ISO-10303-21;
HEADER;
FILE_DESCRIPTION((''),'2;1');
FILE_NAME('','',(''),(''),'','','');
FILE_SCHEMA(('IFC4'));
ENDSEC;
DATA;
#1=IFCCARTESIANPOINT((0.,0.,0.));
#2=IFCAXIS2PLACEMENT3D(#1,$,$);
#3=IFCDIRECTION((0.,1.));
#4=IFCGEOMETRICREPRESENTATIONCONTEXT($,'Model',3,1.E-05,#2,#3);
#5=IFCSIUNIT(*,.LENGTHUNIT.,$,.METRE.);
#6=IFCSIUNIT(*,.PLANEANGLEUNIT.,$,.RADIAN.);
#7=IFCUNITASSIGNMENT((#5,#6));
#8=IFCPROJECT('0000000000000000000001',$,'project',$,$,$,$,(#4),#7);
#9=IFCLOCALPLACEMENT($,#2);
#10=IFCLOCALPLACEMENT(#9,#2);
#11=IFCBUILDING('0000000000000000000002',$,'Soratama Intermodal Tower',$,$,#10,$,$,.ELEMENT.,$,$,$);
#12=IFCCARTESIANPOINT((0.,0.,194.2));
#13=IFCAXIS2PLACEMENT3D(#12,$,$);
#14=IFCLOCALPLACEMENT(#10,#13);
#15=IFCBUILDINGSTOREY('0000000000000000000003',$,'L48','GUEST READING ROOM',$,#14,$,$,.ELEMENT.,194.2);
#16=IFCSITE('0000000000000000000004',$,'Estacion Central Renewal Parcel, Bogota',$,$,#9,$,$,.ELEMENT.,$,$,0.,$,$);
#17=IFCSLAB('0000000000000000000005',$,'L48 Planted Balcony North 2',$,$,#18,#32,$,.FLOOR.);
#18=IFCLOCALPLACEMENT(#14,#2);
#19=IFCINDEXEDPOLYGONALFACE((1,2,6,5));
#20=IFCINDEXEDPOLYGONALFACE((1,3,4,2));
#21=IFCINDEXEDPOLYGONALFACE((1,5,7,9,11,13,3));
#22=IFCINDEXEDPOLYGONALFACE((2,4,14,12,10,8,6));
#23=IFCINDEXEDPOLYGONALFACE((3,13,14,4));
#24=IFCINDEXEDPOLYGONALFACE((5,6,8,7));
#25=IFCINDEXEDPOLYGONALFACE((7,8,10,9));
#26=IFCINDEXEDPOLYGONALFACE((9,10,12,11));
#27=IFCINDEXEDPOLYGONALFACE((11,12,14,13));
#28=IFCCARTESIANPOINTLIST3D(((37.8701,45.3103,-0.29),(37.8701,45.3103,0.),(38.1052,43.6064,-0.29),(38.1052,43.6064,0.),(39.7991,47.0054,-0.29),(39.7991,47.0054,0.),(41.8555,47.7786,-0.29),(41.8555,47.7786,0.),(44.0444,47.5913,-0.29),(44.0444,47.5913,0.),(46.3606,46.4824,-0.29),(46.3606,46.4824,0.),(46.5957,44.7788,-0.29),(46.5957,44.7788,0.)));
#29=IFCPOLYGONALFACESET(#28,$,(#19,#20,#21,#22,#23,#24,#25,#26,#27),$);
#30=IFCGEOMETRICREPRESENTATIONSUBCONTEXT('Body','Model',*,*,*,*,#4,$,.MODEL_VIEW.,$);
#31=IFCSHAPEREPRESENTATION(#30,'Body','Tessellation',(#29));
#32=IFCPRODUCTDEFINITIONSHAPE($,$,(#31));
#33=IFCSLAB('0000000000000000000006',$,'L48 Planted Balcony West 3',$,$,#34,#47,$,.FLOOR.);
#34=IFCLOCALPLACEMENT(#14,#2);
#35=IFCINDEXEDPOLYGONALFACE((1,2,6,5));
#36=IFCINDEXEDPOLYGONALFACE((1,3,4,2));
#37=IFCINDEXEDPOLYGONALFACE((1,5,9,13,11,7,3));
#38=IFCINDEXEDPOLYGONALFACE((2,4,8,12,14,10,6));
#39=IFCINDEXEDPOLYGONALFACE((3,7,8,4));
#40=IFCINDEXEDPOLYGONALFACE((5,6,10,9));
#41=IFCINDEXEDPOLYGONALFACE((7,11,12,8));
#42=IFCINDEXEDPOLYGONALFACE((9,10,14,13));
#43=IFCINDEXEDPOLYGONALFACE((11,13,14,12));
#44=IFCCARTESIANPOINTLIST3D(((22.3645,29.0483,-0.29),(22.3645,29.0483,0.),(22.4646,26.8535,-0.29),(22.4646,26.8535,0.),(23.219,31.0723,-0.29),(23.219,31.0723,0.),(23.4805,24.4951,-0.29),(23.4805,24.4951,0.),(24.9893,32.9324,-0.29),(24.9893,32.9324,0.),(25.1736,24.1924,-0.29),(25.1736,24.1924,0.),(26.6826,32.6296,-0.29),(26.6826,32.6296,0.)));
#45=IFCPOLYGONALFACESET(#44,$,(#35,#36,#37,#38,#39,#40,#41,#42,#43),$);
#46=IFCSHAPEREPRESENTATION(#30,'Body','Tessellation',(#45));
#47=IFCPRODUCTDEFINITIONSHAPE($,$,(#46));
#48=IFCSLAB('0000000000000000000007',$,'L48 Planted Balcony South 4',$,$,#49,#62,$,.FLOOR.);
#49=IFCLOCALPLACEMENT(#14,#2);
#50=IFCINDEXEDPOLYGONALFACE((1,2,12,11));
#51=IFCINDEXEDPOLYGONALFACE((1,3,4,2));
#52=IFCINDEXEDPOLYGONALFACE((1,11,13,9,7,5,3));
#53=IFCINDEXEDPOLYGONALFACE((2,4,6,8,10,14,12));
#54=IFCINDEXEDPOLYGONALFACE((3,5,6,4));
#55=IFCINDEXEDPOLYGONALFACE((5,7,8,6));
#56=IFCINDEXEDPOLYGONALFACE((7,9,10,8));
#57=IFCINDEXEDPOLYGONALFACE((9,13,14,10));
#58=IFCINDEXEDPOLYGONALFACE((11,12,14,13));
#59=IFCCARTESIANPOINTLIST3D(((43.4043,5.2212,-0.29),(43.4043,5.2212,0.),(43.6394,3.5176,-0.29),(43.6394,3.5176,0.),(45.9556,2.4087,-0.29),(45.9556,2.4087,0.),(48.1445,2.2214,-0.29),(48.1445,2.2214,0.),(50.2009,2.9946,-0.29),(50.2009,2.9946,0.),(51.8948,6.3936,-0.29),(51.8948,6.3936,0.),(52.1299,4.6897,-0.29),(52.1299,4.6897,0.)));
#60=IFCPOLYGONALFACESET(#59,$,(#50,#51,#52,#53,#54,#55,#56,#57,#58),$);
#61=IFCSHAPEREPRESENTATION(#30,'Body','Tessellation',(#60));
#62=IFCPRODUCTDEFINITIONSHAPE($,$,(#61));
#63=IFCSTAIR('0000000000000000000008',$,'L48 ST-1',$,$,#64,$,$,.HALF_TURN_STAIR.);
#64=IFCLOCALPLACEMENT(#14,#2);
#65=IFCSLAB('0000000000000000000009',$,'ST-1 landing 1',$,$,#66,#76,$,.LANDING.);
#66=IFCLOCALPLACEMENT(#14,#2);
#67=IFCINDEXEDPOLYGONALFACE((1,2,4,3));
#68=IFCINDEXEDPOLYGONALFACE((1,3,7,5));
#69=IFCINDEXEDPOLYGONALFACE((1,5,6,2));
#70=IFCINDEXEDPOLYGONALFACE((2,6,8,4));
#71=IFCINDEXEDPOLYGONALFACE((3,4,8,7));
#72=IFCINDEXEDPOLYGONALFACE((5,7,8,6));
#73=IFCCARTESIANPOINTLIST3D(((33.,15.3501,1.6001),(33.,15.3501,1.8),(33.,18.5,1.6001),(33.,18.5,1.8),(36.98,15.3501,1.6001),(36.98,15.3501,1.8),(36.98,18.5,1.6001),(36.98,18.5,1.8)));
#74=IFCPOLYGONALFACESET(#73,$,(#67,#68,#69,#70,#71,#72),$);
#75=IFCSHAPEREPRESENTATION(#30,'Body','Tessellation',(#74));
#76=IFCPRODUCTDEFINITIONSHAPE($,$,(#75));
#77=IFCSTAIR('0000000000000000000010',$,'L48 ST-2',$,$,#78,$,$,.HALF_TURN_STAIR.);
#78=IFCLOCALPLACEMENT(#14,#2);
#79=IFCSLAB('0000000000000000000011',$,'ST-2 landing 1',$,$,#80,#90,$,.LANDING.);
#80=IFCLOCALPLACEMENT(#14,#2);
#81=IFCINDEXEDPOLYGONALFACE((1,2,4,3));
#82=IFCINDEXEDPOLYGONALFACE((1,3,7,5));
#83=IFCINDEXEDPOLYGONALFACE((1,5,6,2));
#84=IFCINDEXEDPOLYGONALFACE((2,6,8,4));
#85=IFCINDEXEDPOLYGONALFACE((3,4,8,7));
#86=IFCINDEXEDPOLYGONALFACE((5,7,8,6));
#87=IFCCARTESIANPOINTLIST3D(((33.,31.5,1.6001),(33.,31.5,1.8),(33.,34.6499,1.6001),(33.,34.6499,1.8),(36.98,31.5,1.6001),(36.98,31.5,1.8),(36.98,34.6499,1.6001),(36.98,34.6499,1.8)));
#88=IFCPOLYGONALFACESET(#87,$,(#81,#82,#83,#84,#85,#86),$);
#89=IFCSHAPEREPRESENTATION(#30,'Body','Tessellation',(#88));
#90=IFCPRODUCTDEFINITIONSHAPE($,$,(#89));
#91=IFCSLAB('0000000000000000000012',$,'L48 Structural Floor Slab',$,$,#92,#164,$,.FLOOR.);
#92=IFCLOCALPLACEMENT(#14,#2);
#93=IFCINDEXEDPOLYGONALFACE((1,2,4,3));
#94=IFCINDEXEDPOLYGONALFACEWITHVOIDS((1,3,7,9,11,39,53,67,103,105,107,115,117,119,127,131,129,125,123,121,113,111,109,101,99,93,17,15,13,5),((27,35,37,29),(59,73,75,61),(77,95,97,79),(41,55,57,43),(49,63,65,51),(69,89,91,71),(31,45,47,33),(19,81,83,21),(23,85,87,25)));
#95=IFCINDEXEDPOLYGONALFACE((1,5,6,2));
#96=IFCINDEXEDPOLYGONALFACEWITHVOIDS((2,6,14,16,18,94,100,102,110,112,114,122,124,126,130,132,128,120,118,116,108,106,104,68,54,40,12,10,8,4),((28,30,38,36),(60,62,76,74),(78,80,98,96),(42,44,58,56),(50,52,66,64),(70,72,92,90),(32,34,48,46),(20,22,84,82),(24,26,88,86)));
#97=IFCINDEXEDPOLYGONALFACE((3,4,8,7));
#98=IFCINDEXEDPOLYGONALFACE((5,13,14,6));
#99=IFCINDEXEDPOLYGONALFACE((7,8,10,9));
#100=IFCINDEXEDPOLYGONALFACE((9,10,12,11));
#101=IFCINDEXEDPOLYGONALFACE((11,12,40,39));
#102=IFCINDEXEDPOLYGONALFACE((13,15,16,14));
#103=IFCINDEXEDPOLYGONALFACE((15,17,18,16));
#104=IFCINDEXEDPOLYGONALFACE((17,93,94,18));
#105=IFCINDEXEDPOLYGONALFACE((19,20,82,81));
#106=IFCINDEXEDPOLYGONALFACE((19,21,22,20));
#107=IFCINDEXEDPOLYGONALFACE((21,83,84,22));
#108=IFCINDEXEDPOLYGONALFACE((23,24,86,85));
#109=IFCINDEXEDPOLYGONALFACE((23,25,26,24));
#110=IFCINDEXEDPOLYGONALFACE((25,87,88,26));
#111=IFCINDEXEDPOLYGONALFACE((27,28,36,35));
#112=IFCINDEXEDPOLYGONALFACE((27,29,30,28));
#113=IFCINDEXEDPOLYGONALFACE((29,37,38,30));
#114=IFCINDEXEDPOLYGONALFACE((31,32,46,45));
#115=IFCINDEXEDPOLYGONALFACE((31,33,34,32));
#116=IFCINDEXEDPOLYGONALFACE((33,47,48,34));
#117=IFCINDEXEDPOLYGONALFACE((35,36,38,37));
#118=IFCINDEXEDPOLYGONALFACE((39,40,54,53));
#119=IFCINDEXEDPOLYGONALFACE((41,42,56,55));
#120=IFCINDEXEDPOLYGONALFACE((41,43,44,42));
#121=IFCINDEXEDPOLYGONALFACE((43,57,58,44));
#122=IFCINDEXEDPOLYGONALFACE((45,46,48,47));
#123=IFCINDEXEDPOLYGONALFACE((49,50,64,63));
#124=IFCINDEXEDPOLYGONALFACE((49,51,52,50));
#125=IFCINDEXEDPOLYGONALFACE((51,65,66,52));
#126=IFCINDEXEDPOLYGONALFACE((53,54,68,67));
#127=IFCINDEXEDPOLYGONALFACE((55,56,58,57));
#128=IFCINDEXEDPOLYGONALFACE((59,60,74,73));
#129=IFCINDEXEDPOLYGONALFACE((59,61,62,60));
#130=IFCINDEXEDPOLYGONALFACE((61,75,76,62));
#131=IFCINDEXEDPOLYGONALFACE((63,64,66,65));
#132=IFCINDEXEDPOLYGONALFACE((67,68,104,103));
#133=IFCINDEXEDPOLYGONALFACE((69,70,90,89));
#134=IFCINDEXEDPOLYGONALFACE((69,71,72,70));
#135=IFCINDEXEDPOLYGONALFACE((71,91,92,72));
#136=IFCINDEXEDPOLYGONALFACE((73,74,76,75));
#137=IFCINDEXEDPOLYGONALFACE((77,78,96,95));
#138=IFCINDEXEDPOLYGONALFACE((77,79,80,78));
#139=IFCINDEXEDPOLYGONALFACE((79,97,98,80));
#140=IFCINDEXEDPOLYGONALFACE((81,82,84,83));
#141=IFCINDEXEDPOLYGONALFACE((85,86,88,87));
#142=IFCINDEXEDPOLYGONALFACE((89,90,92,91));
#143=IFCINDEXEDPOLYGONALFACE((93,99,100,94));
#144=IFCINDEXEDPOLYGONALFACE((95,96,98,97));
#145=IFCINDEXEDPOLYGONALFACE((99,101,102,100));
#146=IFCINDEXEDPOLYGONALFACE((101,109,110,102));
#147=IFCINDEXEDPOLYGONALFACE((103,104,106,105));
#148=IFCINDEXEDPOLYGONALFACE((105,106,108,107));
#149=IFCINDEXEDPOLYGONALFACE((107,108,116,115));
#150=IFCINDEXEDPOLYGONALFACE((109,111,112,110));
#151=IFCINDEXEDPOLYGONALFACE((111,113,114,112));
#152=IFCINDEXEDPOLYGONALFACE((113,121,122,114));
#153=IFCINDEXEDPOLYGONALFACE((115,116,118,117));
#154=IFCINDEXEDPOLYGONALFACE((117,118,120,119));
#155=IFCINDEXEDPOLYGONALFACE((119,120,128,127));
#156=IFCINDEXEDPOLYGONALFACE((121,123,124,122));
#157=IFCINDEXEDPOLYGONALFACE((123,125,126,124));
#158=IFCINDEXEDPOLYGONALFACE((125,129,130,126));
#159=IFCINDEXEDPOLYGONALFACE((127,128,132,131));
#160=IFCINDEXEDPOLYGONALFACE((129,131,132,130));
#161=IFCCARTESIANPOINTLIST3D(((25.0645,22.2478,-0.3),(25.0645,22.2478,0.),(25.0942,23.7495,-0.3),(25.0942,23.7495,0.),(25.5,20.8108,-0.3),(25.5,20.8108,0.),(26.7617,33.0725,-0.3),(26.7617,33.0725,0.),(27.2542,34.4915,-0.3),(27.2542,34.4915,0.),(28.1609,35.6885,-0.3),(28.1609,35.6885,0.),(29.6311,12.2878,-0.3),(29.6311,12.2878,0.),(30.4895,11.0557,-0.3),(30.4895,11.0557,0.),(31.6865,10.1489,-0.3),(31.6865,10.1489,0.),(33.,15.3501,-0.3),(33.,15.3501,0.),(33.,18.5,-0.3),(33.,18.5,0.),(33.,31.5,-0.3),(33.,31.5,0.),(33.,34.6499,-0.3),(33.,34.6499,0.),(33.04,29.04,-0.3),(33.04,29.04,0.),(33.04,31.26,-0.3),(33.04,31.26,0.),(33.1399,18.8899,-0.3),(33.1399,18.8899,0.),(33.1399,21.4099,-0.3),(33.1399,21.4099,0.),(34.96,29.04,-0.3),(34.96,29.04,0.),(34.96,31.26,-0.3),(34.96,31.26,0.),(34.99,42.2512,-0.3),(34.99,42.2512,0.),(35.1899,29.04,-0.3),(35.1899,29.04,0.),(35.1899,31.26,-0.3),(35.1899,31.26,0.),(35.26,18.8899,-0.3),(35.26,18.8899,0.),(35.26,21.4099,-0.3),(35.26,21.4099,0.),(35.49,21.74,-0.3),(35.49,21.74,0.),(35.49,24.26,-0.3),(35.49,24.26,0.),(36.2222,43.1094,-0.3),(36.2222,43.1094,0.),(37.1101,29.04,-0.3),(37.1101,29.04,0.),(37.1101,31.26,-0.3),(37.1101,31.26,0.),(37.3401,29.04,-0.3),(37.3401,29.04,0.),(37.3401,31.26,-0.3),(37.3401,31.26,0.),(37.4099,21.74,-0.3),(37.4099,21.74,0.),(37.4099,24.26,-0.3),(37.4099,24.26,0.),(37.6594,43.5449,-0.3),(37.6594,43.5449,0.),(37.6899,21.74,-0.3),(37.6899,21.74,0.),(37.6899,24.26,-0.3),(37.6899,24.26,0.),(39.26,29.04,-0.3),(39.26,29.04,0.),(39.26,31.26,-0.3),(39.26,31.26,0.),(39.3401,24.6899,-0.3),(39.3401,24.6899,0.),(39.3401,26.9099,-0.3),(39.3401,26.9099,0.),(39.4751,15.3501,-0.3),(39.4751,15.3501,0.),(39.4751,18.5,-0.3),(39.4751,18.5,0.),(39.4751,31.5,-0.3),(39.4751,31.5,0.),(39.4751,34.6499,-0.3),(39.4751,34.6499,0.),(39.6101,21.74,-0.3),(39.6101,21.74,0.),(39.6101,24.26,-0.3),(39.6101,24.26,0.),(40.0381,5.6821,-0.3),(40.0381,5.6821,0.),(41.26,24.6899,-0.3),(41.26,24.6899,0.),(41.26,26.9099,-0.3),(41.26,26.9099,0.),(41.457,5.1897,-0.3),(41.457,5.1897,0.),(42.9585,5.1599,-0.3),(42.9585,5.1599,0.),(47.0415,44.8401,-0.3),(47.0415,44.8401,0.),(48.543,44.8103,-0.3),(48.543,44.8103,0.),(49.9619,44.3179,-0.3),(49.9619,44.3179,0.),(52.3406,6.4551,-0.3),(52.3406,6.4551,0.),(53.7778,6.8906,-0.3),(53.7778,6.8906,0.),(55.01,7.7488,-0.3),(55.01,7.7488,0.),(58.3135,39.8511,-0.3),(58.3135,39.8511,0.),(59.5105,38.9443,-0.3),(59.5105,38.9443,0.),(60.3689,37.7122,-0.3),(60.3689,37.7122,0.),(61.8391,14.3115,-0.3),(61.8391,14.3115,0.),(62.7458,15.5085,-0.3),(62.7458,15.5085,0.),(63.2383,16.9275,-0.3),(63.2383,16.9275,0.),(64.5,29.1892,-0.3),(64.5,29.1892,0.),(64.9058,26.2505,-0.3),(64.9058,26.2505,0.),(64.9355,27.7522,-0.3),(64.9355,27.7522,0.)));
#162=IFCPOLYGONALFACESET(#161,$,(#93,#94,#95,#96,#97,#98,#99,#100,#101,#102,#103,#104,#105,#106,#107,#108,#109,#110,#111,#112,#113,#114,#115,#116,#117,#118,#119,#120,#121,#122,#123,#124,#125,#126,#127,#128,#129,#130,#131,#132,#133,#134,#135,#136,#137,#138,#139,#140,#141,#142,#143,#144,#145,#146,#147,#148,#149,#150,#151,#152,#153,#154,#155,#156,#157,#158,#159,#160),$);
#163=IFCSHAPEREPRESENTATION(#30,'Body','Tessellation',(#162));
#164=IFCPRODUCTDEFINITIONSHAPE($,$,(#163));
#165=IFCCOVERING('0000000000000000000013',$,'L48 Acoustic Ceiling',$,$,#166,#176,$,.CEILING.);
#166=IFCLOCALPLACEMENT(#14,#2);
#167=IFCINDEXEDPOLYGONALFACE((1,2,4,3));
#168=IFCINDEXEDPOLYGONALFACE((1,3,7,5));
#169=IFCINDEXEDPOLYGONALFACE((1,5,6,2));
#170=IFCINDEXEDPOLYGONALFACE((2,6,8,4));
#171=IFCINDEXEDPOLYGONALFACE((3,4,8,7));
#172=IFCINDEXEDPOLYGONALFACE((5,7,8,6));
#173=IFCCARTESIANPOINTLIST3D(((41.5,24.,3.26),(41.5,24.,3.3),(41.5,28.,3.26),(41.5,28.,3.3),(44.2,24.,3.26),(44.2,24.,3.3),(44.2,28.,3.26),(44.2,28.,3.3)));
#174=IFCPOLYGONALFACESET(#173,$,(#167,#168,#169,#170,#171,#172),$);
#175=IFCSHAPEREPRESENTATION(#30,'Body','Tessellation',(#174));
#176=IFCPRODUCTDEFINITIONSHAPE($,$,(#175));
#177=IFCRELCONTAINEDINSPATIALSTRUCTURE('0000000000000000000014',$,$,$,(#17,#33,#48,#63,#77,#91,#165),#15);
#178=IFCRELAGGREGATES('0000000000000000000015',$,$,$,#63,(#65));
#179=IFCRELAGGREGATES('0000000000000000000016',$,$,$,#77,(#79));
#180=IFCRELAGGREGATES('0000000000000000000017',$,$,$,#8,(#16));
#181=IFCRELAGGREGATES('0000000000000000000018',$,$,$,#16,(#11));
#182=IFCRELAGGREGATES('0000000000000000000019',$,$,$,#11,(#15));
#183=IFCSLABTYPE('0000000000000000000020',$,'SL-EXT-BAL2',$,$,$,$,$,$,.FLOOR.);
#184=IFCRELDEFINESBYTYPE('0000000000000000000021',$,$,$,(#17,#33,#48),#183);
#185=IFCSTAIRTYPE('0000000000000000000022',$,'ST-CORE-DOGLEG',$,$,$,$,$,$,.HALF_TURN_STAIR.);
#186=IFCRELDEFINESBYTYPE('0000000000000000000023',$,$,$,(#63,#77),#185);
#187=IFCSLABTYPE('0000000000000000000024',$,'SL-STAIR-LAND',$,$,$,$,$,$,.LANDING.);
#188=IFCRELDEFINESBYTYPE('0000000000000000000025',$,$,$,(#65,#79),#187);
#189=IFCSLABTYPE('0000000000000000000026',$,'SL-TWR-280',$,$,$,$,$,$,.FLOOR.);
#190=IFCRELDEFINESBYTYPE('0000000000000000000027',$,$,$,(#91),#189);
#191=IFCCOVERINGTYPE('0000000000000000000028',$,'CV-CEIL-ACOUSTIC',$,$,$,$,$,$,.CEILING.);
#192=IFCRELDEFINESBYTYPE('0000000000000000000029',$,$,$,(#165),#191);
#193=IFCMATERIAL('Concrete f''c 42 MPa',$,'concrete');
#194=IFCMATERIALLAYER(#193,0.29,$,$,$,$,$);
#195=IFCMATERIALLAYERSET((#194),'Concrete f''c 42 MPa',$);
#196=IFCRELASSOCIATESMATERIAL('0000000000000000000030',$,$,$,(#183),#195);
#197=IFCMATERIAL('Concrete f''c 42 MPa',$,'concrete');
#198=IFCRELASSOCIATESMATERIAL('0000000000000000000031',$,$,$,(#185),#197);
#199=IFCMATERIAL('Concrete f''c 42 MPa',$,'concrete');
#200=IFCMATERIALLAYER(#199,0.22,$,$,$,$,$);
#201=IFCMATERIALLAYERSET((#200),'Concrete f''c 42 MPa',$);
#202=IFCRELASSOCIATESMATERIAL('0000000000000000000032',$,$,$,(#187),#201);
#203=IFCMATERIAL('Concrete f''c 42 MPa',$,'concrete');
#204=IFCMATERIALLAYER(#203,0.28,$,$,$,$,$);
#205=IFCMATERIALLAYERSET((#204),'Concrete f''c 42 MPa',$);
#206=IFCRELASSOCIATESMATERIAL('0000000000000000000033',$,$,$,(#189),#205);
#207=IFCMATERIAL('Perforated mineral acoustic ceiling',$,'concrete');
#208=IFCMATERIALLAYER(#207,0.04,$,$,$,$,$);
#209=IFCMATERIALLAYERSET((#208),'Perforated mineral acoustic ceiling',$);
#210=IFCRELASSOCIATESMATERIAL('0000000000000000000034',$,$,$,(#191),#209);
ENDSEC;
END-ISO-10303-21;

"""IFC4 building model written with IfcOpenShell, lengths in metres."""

from ifc_helpers import new_model, si_unit, direction, frame, origin, place, context, subcontext, project, spatial, polyline, outline, extrude, material, layer, layer_set, type_object, element, aggregate, save


model = new_model("IFC4")

# Units and contexts
model_context = context("Model", 3, precision=1e-05, world=origin(), true_north=direction((0.0, 1.0)))
body_context = subcontext(model_context, "Body", "Model", "MODEL_VIEW")
ifc_project = project(units=[si_unit("LENGTHUNIT", "METRE"), si_unit("PLANEANGLEUNIT", "RADIAN")], contexts=[model_context])

# Site, building, storey
site_placement = place(None, origin())
site = spatial("IfcSite", under=ifc_project, at=site_placement, Name="Estacion Central Renewal Parcel, Bogota", CompositionType="ELEMENT", RefElevation=0.0)
building_placement = place(site_placement, origin())
building = spatial("IfcBuilding", under=site, at=building_placement, Name="Soratama Intermodal Tower", CompositionType="ELEMENT")
storey_placement = place(building_placement, frame((0.0, 0.0, 194.2)))
storey = spatial("IfcBuildingStorey", under=building, at=storey_placement, Name="L48", Description="GUEST READING ROOM", CompositionType="ELEMENT", Elevation=194.2)

# Slabs
ifc_material_1 = material(Name="Concrete f'c 42 MPa", Category="concrete")
ifc_layer_1 = layer(ifc_material_1, 0.29)
ifc_layer_set_1 = layer_set([ifc_layer_1], Name="Concrete f'c 42 MPa")
slab_type_1 = type_object("IfcSlabType", Name="SL-EXT-BAL2", PredefinedType="FLOOR", material=ifc_layer_set_1)
slab_1_placement = place(storey_placement, frame((0.0, 0.0, -0.29)))
element("IfcSlab", 1, at=slab_1_placement, inside=storey, type_object=slab_type_1, Name="L48 Planted Balcony North 2", PredefinedType="FLOOR", context=body_context, shape_type="SweptSolid", body=[
    extrude(outline(polyline([(46.5957, 44.7788), (38.1052, 43.6064), (37.8701, 45.3103), (39.7991, 47.0054), (41.8555, 47.7786), (44.0444, 47.5913), (46.3606, 46.4824), (46.5957, 44.7788)])), origin(), (0.0, 0.0, 1.0), 0.29),
])
slab_2_placement = place(storey_placement, frame((0.0, 0.0, -0.29)))
element("IfcSlab", 2, at=slab_2_placement, inside=storey, type_object=slab_type_1, Name="L48 Planted Balcony West 3", PredefinedType="FLOOR", context=body_context, shape_type="SweptSolid", body=[
    extrude(outline(polyline([(26.6826, 32.6296), (25.1736, 24.1924), (23.4805, 24.4951), (22.4646, 26.8535), (22.3645, 29.0483), (23.219, 31.0723), (24.9893, 32.9324), (26.6826, 32.6296)])), origin(), (0.0, 0.0, 1.0), 0.29),
])
slab_3_placement = place(storey_placement, frame((0.0, 0.0, -0.29)))
element("IfcSlab", 3, at=slab_3_placement, inside=storey, type_object=slab_type_1, Name="L48 Planted Balcony South 4", PredefinedType="FLOOR", context=body_context, shape_type="SweptSolid", body=[
    extrude(outline(polyline([(43.4043, 5.2212), (51.8948, 6.3936), (52.1299, 4.6897), (50.2009, 2.9946), (48.1445, 2.2214), (45.9556, 2.4087), (43.6394, 3.5176), (43.4043, 5.2212)])), origin(), (0.0, 0.0, 1.0), 0.29),
])

# Stairs, slabs
ifc_material_2 = material(Name="Concrete f'c 42 MPa", Category="concrete")
stair_type = type_object("IfcStairType", Name="ST-CORE-DOGLEG", PredefinedType="HALF_TURN_STAIR", material=ifc_material_2)
stair_1_placement = place(storey_placement, origin())
stair_1 = element("IfcStair", 4, at=stair_1_placement, inside=storey, type_object=stair_type, Name="L48 ST-1", PredefinedType="HALF_TURN_STAIR")
ifc_material_3 = material(Name="Concrete f'c 42 MPa", Category="concrete")
ifc_layer_2 = layer(ifc_material_3, 0.22)
ifc_layer_set_2 = layer_set([ifc_layer_2], Name="Concrete f'c 42 MPa")
slab_type_2 = type_object("IfcSlabType", Name="SL-STAIR-LAND", PredefinedType="LANDING", material=ifc_layer_set_2)
slab_4_placement = place(storey_placement, frame((0.0, 0.0, 1.6001)))
slab_4 = element("IfcSlab", 5, at=slab_4_placement, type_object=slab_type_2, Name="ST-1 landing 1", PredefinedType="LANDING", context=body_context, shape_type="SweptSolid", body=[
    extrude(outline(polyline([(36.98, 18.5), (33.0, 18.5), (33.0, 15.3501), (36.98, 15.3501), (36.98, 18.5)])), origin(), (0.0, 0.0, 1.0), 0.2),
])
aggregate(stair_1, [slab_4])
stair_2_placement = place(storey_placement, origin())
stair_2 = element("IfcStair", 6, at=stair_2_placement, inside=storey, type_object=stair_type, Name="L48 ST-2", PredefinedType="HALF_TURN_STAIR")
slab_5_placement = place(storey_placement, frame((0.0, 0.0, 1.6001)))
slab_5 = element("IfcSlab", 7, at=slab_5_placement, type_object=slab_type_2, Name="ST-2 landing 1", PredefinedType="LANDING", context=body_context, shape_type="SweptSolid", body=[
    extrude(outline(polyline([(36.98, 34.6499), (33.0, 34.6499), (33.0, 31.5), (36.98, 31.5), (36.98, 34.6499)])), origin(), (0.0, 0.0, 1.0), 0.2),
])
aggregate(stair_2, [slab_5])

# Slab
ifc_material_4 = material(Name="Concrete f'c 42 MPa", Category="concrete")
ifc_layer_3 = layer(ifc_material_4, 0.28)
ifc_layer_set_3 = layer_set([ifc_layer_3], Name="Concrete f'c 42 MPa")
slab_type_3 = type_object("IfcSlabType", Name="SL-TWR-280", PredefinedType="FLOOR", material=ifc_layer_set_3)
slab_6_placement = place(storey_placement, frame((0.0, 0.0, -0.3)))
element("IfcSlab", 8, at=slab_6_placement, inside=storey, type_object=slab_type_3, Name="L48 Structural Floor Slab", PredefinedType="FLOOR", context=body_context, shape_type="SweptSolid", body=[
    extrude(outline(polyline([(60.3689, 37.7122), (59.5105, 38.9443), (58.3135, 39.8511), (49.9619, 44.3179), (48.543, 44.8103), (47.0415, 44.8401), (37.6594, 43.5449), (36.2222, 43.1094), (34.99, 42.2512), (28.1609, 35.6885), (27.2542, 34.4915), (26.7617, 33.0725), (25.0942, 23.7495), (25.0645, 22.2478), (25.5, 20.8108), (29.6311, 12.2878), (30.4895, 11.0557), (31.6865, 10.1489), (40.0381, 5.6821), (41.457, 5.1897), (42.9585, 5.1599), (52.3406, 6.4551), (53.7778, 6.8906), (55.01, 7.7488), (61.8391, 14.3115), (62.7458, 15.5085), (63.2383, 16.9275), (64.9058, 26.2505), (64.9355, 27.7522), (64.5, 29.1892), (60.3689, 37.7122)]), holes=[polyline([(33.0, 18.5), (33.0, 15.3501), (39.4751, 15.3501), (39.4751, 18.5), (33.0, 18.5)]), polyline([(35.26, 21.4099), (33.1399, 21.4099), (33.1399, 18.8899), (35.26, 18.8899), (35.26, 21.4099)]), polyline([(37.4099, 24.26), (35.49, 24.26), (35.49, 21.74), (37.4099, 21.74), (37.4099, 24.26)]), polyline([(39.6101, 24.26), (37.6899, 24.26), (37.6899, 21.74), (39.6101, 21.74), (39.6101, 24.26)]), polyline([(41.26, 26.9099), (39.3401, 26.9099), (39.3401, 24.6899), (41.26, 24.6899), (41.26, 26.9099)]), polyline([(34.96, 31.26), (33.04, 31.26), (33.04, 29.04), (34.96, 29.04), (34.96, 31.26)]), polyline([(37.1101, 31.26), (35.1899, 31.26), (35.1899, 29.04), (37.1101, 29.04), (37.1101, 31.26)]), polyline([(39.26, 29.04), (39.26, 31.26), (37.3401, 31.26), (37.3401, 29.04), (39.26, 29.04)]), polyline([(39.4751, 34.6499), (33.0, 34.6499), (33.0, 31.5), (39.4751, 31.5), (39.4751, 34.6499)])]), origin(), (0.0, 0.0, 1.0), 0.3),
])

# Covering
ifc_material_5 = material(Name="Perforated mineral acoustic ceiling", Category="concrete")
ifc_layer_4 = layer(ifc_material_5, 0.04)
ifc_layer_set_4 = layer_set([ifc_layer_4], Name="Perforated mineral acoustic ceiling")
covering_type_1 = type_object("IfcCoveringType", Name="CV-CEIL-ACOUSTIC", PredefinedType="CEILING", material=ifc_layer_set_4)
covering_1_placement = place(storey_placement, frame((0.0, 0.0, 3.26)))
element("IfcCovering", 9, at=covering_1_placement, inside=storey, type_object=covering_type_1, Name="L48 Acoustic Ceiling", PredefinedType="CEILING", context=body_context, shape_type="SweptSolid", body=[
    extrude(outline(polyline([(41.5, 24.0), (44.2, 24.0), (44.2, 28.0), (41.5, 28.0), (41.5, 24.0)])), origin(), (0.0, 0.0, 1.0), 0.04),
])

save(model, "model.ifc")
